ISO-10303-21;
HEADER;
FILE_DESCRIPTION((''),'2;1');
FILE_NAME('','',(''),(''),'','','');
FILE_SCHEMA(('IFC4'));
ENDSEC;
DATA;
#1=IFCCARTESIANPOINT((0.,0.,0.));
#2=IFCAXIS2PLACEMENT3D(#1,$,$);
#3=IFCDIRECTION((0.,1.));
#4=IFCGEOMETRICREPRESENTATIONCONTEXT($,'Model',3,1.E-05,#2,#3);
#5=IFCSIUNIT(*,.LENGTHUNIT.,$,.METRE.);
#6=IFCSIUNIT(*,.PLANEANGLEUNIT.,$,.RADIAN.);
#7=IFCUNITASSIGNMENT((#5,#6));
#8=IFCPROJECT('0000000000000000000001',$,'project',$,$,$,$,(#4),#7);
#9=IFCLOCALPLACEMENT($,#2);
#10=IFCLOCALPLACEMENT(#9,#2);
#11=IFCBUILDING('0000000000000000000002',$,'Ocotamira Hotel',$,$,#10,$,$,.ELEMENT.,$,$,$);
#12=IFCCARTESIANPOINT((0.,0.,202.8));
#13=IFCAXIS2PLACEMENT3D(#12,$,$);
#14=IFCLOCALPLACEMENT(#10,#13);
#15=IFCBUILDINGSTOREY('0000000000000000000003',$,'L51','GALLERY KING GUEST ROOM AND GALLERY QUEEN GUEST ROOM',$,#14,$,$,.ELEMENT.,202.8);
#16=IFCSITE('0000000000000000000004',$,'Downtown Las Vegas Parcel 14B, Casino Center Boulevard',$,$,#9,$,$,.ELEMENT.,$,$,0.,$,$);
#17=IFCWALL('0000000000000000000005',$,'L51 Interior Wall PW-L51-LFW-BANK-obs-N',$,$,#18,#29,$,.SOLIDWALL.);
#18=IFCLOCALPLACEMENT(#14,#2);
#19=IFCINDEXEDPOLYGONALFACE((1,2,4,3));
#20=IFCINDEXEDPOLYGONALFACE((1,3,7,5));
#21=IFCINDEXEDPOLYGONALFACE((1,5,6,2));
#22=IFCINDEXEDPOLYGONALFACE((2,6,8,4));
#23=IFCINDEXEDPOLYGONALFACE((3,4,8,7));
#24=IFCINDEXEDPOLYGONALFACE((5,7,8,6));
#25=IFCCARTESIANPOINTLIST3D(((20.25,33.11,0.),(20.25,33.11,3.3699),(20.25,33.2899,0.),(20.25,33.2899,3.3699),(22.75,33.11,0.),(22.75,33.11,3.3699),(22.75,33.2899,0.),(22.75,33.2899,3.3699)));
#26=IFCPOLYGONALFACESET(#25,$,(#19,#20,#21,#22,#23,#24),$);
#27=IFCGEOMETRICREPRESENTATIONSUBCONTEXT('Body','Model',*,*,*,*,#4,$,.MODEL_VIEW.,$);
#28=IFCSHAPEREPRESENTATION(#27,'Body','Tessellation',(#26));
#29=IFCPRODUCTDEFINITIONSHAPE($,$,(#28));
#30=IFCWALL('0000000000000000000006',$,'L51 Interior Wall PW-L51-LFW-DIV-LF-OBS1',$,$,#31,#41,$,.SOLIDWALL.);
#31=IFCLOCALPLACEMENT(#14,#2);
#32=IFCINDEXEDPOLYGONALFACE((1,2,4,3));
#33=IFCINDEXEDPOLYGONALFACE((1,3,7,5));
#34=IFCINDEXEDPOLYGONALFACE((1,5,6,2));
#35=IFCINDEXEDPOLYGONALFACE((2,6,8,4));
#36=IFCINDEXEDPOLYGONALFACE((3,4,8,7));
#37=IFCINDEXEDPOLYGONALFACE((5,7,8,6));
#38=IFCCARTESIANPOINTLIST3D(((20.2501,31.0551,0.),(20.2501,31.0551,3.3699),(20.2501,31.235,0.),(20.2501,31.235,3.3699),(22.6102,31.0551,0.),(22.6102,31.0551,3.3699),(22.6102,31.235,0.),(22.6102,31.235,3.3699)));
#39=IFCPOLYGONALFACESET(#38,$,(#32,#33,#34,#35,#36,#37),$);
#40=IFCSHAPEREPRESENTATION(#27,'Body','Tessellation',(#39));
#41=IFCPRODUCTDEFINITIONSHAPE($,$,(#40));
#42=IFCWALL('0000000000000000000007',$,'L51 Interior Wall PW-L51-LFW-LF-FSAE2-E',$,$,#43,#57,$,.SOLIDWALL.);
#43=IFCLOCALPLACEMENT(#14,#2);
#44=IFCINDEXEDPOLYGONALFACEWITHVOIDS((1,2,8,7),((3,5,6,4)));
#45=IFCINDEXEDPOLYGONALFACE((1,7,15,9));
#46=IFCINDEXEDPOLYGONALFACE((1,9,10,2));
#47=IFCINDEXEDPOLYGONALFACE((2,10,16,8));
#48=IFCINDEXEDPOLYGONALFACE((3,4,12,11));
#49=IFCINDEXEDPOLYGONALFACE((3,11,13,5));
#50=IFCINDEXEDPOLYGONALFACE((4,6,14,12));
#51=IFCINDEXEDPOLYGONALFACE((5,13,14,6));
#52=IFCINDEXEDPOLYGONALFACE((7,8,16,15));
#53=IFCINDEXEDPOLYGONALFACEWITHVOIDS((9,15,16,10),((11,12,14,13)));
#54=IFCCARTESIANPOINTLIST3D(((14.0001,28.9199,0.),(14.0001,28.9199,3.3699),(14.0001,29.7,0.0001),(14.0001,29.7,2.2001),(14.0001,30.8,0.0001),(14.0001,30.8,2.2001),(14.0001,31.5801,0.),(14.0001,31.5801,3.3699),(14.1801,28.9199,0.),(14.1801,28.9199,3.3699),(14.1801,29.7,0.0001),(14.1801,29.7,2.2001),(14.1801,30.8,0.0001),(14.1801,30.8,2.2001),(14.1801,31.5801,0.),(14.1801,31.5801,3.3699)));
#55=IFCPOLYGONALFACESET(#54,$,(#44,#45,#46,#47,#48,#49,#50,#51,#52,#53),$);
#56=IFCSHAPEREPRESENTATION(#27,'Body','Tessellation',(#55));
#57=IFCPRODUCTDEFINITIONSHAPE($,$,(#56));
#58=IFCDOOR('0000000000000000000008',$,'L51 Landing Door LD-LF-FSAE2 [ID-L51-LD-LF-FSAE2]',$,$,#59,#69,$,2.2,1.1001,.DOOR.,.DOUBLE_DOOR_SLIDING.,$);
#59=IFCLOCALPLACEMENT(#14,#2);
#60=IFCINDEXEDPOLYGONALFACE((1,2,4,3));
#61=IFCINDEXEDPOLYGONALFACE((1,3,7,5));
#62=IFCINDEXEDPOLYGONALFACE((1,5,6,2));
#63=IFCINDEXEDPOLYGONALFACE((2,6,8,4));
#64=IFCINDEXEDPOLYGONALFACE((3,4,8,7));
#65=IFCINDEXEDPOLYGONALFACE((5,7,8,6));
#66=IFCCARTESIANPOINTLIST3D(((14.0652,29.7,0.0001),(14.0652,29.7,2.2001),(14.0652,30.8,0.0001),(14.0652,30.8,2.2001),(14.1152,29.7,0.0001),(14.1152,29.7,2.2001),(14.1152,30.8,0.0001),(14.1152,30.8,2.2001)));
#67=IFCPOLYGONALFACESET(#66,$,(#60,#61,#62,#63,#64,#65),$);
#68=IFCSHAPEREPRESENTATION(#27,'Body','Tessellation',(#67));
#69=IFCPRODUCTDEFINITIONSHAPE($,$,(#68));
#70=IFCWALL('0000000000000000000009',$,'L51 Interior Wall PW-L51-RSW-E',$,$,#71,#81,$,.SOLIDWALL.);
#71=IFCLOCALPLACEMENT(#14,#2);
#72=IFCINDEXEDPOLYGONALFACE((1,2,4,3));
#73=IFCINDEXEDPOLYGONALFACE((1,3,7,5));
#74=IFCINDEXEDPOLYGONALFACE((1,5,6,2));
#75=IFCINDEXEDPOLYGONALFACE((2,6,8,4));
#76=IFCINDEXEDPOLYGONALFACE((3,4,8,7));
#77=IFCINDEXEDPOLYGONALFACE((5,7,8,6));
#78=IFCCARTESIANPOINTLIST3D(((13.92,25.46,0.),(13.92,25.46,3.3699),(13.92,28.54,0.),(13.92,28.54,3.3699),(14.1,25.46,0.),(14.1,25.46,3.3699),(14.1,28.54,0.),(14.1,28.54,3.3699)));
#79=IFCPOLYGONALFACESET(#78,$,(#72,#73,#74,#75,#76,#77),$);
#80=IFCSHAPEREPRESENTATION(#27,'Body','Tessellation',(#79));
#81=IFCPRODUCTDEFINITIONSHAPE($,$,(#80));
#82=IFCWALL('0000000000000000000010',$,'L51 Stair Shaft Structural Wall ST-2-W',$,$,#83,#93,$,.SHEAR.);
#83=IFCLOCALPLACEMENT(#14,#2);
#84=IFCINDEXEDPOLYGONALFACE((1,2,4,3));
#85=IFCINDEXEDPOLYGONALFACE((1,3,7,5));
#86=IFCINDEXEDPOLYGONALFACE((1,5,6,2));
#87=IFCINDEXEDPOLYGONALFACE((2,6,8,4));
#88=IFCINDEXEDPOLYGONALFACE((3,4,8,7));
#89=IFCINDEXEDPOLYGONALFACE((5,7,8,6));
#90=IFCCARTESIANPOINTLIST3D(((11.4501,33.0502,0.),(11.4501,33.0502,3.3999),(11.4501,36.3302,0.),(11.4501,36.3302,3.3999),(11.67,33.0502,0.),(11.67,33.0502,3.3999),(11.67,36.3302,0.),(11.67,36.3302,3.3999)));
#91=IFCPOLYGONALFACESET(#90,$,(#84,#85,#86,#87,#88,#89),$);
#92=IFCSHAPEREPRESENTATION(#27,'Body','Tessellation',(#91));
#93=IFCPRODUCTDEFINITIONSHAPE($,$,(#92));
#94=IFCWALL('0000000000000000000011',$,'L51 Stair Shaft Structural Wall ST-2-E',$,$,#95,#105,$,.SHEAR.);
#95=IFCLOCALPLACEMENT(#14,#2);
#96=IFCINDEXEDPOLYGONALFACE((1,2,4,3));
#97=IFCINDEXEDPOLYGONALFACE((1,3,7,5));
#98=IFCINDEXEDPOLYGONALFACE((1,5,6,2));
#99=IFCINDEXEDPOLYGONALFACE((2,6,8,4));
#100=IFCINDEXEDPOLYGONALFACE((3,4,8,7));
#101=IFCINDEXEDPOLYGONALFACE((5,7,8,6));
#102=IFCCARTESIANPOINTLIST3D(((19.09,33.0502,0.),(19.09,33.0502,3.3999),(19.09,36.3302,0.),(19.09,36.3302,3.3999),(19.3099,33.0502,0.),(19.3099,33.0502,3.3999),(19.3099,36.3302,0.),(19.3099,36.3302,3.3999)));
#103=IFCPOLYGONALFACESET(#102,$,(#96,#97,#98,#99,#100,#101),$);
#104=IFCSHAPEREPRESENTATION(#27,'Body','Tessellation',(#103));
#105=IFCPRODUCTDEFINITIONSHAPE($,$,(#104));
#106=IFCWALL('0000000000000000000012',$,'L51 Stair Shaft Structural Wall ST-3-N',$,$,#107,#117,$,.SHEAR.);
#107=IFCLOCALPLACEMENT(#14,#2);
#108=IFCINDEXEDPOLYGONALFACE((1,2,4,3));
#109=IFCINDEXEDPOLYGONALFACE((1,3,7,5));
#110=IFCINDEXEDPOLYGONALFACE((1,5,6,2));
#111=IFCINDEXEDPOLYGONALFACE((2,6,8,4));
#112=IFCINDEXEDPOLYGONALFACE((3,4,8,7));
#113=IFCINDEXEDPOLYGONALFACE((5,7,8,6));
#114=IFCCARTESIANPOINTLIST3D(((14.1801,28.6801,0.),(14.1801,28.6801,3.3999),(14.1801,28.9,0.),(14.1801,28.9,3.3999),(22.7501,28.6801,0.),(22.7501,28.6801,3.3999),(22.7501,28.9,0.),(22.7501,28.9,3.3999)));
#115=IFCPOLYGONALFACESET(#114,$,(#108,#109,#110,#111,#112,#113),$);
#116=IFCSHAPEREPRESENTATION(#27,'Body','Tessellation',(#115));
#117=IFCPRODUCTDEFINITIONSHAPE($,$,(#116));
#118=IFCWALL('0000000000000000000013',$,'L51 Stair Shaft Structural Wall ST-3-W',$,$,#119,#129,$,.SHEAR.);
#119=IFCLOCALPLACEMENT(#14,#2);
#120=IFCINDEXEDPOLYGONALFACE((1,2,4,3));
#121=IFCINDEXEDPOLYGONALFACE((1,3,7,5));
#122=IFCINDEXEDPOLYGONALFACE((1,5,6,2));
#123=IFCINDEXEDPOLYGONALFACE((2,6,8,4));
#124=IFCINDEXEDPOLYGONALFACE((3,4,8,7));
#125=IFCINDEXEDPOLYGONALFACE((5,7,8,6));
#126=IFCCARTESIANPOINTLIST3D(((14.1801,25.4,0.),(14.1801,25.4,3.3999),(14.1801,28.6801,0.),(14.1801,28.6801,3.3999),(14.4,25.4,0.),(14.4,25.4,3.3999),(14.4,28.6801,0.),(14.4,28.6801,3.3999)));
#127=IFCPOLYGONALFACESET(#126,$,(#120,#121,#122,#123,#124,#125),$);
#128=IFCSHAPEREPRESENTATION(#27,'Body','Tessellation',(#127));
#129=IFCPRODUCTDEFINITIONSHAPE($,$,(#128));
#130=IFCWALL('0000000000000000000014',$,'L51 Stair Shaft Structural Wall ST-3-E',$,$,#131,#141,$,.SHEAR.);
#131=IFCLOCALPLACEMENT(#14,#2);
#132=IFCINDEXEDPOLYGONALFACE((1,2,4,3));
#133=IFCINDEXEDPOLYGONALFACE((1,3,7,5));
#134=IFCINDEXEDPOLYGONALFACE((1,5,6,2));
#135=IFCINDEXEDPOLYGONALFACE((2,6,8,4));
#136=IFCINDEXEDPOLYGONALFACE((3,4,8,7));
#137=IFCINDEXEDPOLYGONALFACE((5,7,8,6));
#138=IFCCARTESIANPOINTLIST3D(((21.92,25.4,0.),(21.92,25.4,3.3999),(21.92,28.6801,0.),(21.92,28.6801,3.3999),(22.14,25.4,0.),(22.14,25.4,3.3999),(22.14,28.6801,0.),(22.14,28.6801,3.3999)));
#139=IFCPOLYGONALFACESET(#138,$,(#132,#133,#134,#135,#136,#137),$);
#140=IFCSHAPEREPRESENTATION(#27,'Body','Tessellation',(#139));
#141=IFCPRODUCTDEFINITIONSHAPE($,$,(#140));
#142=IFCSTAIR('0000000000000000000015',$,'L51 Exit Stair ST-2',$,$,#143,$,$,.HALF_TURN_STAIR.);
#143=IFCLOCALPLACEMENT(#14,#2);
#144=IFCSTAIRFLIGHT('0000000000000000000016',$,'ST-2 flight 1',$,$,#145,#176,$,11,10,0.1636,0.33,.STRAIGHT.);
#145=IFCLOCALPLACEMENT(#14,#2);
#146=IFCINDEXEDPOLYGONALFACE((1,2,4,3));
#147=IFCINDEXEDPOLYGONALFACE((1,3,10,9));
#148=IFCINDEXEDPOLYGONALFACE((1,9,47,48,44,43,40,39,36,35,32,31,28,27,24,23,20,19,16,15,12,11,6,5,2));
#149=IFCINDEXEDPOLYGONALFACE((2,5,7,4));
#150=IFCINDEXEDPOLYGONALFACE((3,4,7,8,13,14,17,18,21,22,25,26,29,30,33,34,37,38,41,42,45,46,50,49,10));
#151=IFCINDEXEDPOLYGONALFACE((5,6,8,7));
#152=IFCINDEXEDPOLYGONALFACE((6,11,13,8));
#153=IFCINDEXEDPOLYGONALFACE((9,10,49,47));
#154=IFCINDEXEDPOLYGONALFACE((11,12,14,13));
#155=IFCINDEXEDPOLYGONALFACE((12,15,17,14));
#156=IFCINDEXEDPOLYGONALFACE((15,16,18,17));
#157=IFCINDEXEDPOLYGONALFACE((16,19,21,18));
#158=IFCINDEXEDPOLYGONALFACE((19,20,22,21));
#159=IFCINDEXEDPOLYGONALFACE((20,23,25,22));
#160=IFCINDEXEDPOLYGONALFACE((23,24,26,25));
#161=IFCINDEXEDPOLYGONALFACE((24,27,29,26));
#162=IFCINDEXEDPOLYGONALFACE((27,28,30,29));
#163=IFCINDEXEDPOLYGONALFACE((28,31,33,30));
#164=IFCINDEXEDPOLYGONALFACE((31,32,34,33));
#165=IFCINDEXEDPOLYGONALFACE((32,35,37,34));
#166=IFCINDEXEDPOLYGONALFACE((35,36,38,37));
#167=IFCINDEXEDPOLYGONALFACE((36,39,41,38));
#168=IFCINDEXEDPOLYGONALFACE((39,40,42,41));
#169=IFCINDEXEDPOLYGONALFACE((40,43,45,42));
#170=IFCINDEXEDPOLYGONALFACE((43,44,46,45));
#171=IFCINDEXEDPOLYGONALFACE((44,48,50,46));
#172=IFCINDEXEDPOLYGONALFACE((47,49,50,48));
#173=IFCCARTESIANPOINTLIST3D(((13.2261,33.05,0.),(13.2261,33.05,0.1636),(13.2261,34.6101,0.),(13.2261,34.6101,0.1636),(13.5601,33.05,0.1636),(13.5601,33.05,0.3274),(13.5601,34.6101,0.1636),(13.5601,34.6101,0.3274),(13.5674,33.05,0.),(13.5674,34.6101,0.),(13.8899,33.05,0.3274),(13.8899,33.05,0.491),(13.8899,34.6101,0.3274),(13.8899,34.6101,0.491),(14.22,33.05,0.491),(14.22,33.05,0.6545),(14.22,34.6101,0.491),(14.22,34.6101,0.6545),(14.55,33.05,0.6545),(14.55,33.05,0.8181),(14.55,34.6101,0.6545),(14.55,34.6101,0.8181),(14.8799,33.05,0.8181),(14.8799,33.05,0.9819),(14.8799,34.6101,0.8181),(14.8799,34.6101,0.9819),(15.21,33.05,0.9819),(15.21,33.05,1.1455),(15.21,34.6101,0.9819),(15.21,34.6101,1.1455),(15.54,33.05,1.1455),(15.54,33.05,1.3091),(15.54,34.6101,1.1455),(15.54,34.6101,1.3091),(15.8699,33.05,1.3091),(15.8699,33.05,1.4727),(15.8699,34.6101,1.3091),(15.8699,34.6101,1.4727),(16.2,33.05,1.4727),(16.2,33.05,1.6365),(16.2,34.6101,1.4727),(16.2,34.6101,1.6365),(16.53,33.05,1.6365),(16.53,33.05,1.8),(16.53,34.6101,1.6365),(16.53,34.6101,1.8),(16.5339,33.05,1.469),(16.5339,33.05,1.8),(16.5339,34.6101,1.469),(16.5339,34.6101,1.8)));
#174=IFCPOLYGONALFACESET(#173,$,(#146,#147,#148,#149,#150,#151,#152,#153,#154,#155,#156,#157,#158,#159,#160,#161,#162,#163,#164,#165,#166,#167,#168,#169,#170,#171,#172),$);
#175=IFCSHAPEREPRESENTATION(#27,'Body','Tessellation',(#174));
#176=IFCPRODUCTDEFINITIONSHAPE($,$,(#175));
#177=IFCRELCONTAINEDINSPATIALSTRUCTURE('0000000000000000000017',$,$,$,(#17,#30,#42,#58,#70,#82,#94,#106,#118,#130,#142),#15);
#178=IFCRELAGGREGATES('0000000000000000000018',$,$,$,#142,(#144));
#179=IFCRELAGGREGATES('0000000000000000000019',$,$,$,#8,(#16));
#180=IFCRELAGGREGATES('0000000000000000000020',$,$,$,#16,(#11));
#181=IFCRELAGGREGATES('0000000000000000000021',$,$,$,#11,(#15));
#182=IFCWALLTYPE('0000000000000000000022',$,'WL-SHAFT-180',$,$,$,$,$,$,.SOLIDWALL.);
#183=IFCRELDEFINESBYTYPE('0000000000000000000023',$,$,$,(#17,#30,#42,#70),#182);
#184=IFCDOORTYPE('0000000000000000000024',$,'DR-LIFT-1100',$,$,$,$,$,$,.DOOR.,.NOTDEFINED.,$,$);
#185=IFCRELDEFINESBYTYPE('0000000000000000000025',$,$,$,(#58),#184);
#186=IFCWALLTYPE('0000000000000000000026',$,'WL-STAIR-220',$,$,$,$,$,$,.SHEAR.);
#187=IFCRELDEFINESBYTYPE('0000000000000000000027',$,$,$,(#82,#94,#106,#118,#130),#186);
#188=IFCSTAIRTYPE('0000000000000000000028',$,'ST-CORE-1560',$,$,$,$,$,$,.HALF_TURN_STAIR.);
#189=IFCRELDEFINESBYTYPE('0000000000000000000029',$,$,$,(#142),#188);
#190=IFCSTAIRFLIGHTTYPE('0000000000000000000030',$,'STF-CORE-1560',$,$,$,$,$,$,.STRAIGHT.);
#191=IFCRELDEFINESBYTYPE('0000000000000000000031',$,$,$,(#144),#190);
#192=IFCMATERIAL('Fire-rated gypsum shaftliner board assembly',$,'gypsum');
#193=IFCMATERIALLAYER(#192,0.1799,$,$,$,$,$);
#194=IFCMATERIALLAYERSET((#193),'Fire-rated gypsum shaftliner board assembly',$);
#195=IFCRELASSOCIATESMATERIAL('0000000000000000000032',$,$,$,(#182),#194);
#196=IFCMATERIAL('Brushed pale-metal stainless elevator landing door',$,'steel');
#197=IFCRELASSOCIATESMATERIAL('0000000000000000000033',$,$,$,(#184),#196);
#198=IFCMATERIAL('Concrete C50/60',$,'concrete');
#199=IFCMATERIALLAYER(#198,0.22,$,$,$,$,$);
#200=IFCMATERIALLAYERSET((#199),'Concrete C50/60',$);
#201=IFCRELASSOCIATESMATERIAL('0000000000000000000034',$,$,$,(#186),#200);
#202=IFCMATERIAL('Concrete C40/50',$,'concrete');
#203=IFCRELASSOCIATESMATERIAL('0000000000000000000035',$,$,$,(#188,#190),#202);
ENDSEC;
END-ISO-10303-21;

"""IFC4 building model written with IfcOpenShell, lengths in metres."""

from ifc_helpers import new_model, si_unit, direction, frame, frame_2d, origin, place, context, subcontext, project, spatial, polyline, rectangle, outline, extrude, source, transform, mapped, material, layer, layer_set, type_object, element, fill, aggregate, save


model = new_model("IFC4")

# Units and contexts
model_context = context("Model", 3, precision=1e-05, world=origin(), true_north=direction((0.0, 1.0)))
body_context = subcontext(model_context, "Body", "Model", "MODEL_VIEW")
ifc_project = project(units=[si_unit("LENGTHUNIT", "METRE"), si_unit("PLANEANGLEUNIT", "RADIAN")], contexts=[model_context])

# Site, building, storey
site_placement = place(None, origin())
site = spatial("IfcSite", under=ifc_project, at=site_placement, Name="Downtown Las Vegas Parcel 14B, Casino Center Boulevard", CompositionType="ELEMENT", RefElevation=0.0)
building_placement = place(site_placement, origin())
building = spatial("IfcBuilding", under=site, at=building_placement, Name="Ocotamira Hotel", CompositionType="ELEMENT")
storey_placement = place(building_placement, frame((0.0, 0.0, 202.8)))
storey = spatial("IfcBuildingStorey", under=building, at=storey_placement, Name="L51", Description="GALLERY KING GUEST ROOM AND GALLERY QUEEN GUEST ROOM", CompositionType="ELEMENT", Elevation=202.8)

# Walls
ifc_material_1 = material(Name="Fire-rated gypsum shaftliner board assembly", Category="gypsum")
ifc_layer_1 = layer(ifc_material_1, 0.1799)
ifc_layer_set_1 = layer_set([ifc_layer_1], Name="Fire-rated gypsum shaftliner board assembly")
wall_type_1 = type_object("IfcWallType", Name="WL-SHAFT-180", PredefinedType="SOLIDWALL", material=ifc_layer_set_1)
wall_1_placement = place(storey_placement, frame((20.25, 33.2, 0.0), z_axis=(0.0, 0.0, 1.0), x_axis=(1.0, 0.0, 0.0)))
element("IfcWall", 1, at=wall_1_placement, inside=storey, type_object=wall_type_1, Name="L51 Interior Wall PW-L51-LFW-BANK-obs-N", PredefinedType="SOLIDWALL", context=body_context, shape_type="SweptSolid", body=[
    extrude(rectangle(XDim=2.5, YDim=0.1799, at=frame_2d((1.25, 0.0))), origin(), (0.0, 0.0, 1.0), 3.3699),
])
wall_2_placement = place(storey_placement, frame((20.25, 31.145, 0.0), z_axis=(0.0, 0.0, 1.0), x_axis=(1.0, 0.0, 0.0)))
element("IfcWall", 2, at=wall_2_placement, inside=storey, type_object=wall_type_1, Name="L51 Interior Wall PW-L51-LFW-DIV-LF-OBS1", PredefinedType="SOLIDWALL", context=body_context, shape_type="SweptSolid", body=[
    extrude(rectangle(XDim=2.3601, YDim=0.1799, at=frame_2d((1.1802, 0.0))), origin(), (0.0, 0.0, 1.0), 3.3699),
])

# Wall, opening, door
wall_3_placement = place(storey_placement, frame((14.0901, 28.9199, 0.0), z_axis=(0.0, 0.0, 1.0), x_axis=(0.0, 1.0, 0.0)))
wall_3 = element("IfcWall", 3, at=wall_3_placement, inside=storey, type_object=wall_type_1, Name="L51 Interior Wall PW-L51-LFW-LF-FSAE2-E", PredefinedType="SOLIDWALL", context=body_context, shape_type="SweptSolid", body=[
    extrude(rectangle(XDim=2.6602, YDim=0.1799, at=frame_2d((1.3301, 0.0))), origin(), (0.0, 0.0, 1.0), 3.3699),
])
opening_1_placement = place(wall_3_placement, frame((0.78, 0.0, 0.0)))
opening_1 = element("IfcOpeningElement", 4, at=opening_1_placement, cuts=wall_3, PredefinedType="OPENING", context=body_context, shape_type="SweptSolid", body=[
    extrude(rectangle(XDim=1.1001, YDim=2.2, at=frame_2d((0.55, 1.1001))), frame((0.0, 0.1001, 0.0), z_axis=(0.0, -1.0, 0.0), x_axis=(1.0, 0.0, 0.0)), (0.0, 0.0, 1.0), 0.2),
])
ifc_material_2 = material(Name="Brushed pale-metal stainless elevator landing door", Category="steel")
door_type_1 = type_object("IfcDoorType", Name="DR-LIFT-1100", OperationType="NOTDEFINED", PredefinedType="DOOR", material=ifc_material_2)
shared_shape_1 = source(origin(), body_context, "Body", "SweptSolid", [
    extrude(rectangle(XDim=1.1001, YDim=2.2, at=frame_2d((0.55, 1.1001))), frame((0.0, 0.0249, 0.0), z_axis=(0.0, -1.0, 0.0), x_axis=(1.0, 0.0, 0.0)), (0.0, 0.0, 1.0), 0.05),
])
door_1_placement = place(opening_1_placement, origin())
door_1 = element("IfcDoor", 5, at=door_1_placement, inside=storey, type_object=door_type_1, Name="L51 Landing Door LD-LF-FSAE2 [ID-L51-LD-LF-FSAE2]", OperationType="DOUBLE_DOOR_SLIDING", OverallHeight=2.2, OverallWidth=1.1001, PredefinedType="DOOR", context=body_context, shape_type="MappedRepresentation", body=[
    mapped(shared_shape_1, transform((0.0, 0.0, 0.0), scale=1.0)),
])
fill(opening_1, door_1)

# Walls
wall_4_placement = place(storey_placement, frame((14.01, 25.46, 0.0), z_axis=(0.0, 0.0, 1.0), x_axis=(0.0, 1.0, 0.0)))
element("IfcWall", 6, at=wall_4_placement, inside=storey, type_object=wall_type_1, Name="L51 Interior Wall PW-L51-RSW-E", PredefinedType="SOLIDWALL", context=body_context, shape_type="SweptSolid", body=[
    extrude(rectangle(XDim=3.0801, YDim=0.1799, at=frame_2d((1.54, 0.0))), origin(), (0.0, 0.0, 1.0), 3.3699),
])
ifc_material_3 = material(Name="Concrete C50/60", Category="concrete")
ifc_layer_2 = layer(ifc_material_3, 0.22)
ifc_layer_set_2 = layer_set([ifc_layer_2], Name="Concrete C50/60")
wall_type_2 = type_object("IfcWallType", Name="WL-STAIR-220", PredefinedType="SHEAR", material=ifc_layer_set_2)
for number, where, z_axis, x_axis, name in (
    (7, (11.5601, 33.05, 0.0), (0.0, 0.0, 1.0), (0.0, 1.0, 0.0), "L51 Stair Shaft Structural Wall ST-2-W"),
    (8, (19.2, 33.05, 0.0), (0.0, 0.0, 1.0), (0.0, 1.0, 0.0), "L51 Stair Shaft Structural Wall ST-2-E"),
):
    element("IfcWall", number, at=place(storey_placement, frame(where, z_axis=z_axis, x_axis=x_axis)), inside=storey, type_object=wall_type_2, Name=name, PredefinedType="SHEAR", context=body_context, shape_type="SweptSolid", body=[
        extrude(rectangle(XDim=3.28, YDim=0.22, at=frame_2d((1.6401, 0.0))), origin(), (0.0, 0.0, 1.0), 3.3999),
    ])
wall_5_placement = place(storey_placement, frame((14.1799, 28.79, 0.0), z_axis=(0.0, 0.0, 1.0), x_axis=(1.0, 0.0, 0.0)))
element("IfcWall", 9, at=wall_5_placement, inside=storey, type_object=wall_type_2, Name="L51 Stair Shaft Structural Wall ST-3-N", PredefinedType="SHEAR", context=body_context, shape_type="SweptSolid", body=[
    extrude(rectangle(XDim=8.5701, YDim=0.22, at=frame_2d((4.2852, 0.0))), origin(), (0.0, 0.0, 1.0), 3.3999),
])
for number, where, z_axis, x_axis, name in (
    (10, (14.29, 25.3999, 0.0), (0.0, 0.0, 1.0), (0.0, 1.0, 0.0), "L51 Stair Shaft Structural Wall ST-3-W"),
    (11, (22.03, 25.3999, 0.0), (0.0, 0.0, 1.0), (0.0, 1.0, 0.0), "L51 Stair Shaft Structural Wall ST-3-E"),
):
    element("IfcWall", number, at=place(storey_placement, frame(where, z_axis=z_axis, x_axis=x_axis)), inside=storey, type_object=wall_type_2, Name=name, PredefinedType="SHEAR", context=body_context, shape_type="SweptSolid", body=[
        extrude(rectangle(XDim=3.28, YDim=0.22, at=frame_2d((1.6401, 0.0))), origin(), (0.0, 0.0, 1.0), 3.3999),
    ])

# Stair, stair flight
ifc_material_4 = material(Name="Concrete C40/50", Category="concrete")
stair_type = type_object("IfcStairType", Name="ST-CORE-1560", PredefinedType="HALF_TURN_STAIR", material=ifc_material_4)
stair_1_placement = place(storey_placement, origin())
stair_1 = element("IfcStair", 12, at=stair_1_placement, inside=storey, type_object=stair_type, Name="L51 Exit Stair ST-2", PredefinedType="HALF_TURN_STAIR")
stair_flight_type = type_object("IfcStairFlightType", Name="STF-CORE-1560", PredefinedType="STRAIGHT", material=ifc_material_4)
shared_shape_2 = source(origin(), body_context, "Body", "SweptSolid", [
    extrude(outline(polyline([(-0.0039, 0.0), (-0.0039, 0.1636), (0.3301, 0.1636), (0.3301, 0.3274), (0.6599, 0.3274), (0.6599, 0.491), (0.99, 0.491), (0.99, 0.6545), (1.3201, 0.6545), (1.3201, 0.8181), (1.6499, 0.8181), (1.6499, 0.9819), (1.98, 0.9819), (1.98, 1.1455), (2.3101, 1.1455), (2.3101, 1.3091), (2.6399, 1.3091), (2.6399, 1.4727), (2.97, 1.4727), (2.97, 1.6365), (3.3, 1.6365), (3.3, 1.8), (3.304, 1.8), (3.304, 1.469), (0.3374, 0.0), (-0.0039, 0.0)])), frame((0.0, 0.78, 0.0), z_axis=(0.0, -1.0, 0.0), x_axis=(1.0, 0.0, 0.0)), (0.0, 0.0, 1.0), 1.5601),
])
stair_flight_1_placement = place(storey_placement, frame((13.23, 33.8301, 0.0), z_axis=(0.0, 0.0, 1.0), x_axis=(1.0, 0.0, 0.0)))
stair_flight_1 = element("IfcStairFlight", 13, at=stair_flight_1_placement, type_object=stair_flight_type, Name="ST-2 flight 1", NumberOfRisers=11, NumberOfTreads=10, PredefinedType="STRAIGHT", RiserHeight=0.1636, TreadLength=0.33, context=body_context, shape_type="MappedRepresentation", body=[
    mapped(shared_shape_2, transform((0.0, 0.0, 0.0), scale=1.0)),
])
aggregate(stair_1, [stair_flight_1])

save(model, "model.ifc")
